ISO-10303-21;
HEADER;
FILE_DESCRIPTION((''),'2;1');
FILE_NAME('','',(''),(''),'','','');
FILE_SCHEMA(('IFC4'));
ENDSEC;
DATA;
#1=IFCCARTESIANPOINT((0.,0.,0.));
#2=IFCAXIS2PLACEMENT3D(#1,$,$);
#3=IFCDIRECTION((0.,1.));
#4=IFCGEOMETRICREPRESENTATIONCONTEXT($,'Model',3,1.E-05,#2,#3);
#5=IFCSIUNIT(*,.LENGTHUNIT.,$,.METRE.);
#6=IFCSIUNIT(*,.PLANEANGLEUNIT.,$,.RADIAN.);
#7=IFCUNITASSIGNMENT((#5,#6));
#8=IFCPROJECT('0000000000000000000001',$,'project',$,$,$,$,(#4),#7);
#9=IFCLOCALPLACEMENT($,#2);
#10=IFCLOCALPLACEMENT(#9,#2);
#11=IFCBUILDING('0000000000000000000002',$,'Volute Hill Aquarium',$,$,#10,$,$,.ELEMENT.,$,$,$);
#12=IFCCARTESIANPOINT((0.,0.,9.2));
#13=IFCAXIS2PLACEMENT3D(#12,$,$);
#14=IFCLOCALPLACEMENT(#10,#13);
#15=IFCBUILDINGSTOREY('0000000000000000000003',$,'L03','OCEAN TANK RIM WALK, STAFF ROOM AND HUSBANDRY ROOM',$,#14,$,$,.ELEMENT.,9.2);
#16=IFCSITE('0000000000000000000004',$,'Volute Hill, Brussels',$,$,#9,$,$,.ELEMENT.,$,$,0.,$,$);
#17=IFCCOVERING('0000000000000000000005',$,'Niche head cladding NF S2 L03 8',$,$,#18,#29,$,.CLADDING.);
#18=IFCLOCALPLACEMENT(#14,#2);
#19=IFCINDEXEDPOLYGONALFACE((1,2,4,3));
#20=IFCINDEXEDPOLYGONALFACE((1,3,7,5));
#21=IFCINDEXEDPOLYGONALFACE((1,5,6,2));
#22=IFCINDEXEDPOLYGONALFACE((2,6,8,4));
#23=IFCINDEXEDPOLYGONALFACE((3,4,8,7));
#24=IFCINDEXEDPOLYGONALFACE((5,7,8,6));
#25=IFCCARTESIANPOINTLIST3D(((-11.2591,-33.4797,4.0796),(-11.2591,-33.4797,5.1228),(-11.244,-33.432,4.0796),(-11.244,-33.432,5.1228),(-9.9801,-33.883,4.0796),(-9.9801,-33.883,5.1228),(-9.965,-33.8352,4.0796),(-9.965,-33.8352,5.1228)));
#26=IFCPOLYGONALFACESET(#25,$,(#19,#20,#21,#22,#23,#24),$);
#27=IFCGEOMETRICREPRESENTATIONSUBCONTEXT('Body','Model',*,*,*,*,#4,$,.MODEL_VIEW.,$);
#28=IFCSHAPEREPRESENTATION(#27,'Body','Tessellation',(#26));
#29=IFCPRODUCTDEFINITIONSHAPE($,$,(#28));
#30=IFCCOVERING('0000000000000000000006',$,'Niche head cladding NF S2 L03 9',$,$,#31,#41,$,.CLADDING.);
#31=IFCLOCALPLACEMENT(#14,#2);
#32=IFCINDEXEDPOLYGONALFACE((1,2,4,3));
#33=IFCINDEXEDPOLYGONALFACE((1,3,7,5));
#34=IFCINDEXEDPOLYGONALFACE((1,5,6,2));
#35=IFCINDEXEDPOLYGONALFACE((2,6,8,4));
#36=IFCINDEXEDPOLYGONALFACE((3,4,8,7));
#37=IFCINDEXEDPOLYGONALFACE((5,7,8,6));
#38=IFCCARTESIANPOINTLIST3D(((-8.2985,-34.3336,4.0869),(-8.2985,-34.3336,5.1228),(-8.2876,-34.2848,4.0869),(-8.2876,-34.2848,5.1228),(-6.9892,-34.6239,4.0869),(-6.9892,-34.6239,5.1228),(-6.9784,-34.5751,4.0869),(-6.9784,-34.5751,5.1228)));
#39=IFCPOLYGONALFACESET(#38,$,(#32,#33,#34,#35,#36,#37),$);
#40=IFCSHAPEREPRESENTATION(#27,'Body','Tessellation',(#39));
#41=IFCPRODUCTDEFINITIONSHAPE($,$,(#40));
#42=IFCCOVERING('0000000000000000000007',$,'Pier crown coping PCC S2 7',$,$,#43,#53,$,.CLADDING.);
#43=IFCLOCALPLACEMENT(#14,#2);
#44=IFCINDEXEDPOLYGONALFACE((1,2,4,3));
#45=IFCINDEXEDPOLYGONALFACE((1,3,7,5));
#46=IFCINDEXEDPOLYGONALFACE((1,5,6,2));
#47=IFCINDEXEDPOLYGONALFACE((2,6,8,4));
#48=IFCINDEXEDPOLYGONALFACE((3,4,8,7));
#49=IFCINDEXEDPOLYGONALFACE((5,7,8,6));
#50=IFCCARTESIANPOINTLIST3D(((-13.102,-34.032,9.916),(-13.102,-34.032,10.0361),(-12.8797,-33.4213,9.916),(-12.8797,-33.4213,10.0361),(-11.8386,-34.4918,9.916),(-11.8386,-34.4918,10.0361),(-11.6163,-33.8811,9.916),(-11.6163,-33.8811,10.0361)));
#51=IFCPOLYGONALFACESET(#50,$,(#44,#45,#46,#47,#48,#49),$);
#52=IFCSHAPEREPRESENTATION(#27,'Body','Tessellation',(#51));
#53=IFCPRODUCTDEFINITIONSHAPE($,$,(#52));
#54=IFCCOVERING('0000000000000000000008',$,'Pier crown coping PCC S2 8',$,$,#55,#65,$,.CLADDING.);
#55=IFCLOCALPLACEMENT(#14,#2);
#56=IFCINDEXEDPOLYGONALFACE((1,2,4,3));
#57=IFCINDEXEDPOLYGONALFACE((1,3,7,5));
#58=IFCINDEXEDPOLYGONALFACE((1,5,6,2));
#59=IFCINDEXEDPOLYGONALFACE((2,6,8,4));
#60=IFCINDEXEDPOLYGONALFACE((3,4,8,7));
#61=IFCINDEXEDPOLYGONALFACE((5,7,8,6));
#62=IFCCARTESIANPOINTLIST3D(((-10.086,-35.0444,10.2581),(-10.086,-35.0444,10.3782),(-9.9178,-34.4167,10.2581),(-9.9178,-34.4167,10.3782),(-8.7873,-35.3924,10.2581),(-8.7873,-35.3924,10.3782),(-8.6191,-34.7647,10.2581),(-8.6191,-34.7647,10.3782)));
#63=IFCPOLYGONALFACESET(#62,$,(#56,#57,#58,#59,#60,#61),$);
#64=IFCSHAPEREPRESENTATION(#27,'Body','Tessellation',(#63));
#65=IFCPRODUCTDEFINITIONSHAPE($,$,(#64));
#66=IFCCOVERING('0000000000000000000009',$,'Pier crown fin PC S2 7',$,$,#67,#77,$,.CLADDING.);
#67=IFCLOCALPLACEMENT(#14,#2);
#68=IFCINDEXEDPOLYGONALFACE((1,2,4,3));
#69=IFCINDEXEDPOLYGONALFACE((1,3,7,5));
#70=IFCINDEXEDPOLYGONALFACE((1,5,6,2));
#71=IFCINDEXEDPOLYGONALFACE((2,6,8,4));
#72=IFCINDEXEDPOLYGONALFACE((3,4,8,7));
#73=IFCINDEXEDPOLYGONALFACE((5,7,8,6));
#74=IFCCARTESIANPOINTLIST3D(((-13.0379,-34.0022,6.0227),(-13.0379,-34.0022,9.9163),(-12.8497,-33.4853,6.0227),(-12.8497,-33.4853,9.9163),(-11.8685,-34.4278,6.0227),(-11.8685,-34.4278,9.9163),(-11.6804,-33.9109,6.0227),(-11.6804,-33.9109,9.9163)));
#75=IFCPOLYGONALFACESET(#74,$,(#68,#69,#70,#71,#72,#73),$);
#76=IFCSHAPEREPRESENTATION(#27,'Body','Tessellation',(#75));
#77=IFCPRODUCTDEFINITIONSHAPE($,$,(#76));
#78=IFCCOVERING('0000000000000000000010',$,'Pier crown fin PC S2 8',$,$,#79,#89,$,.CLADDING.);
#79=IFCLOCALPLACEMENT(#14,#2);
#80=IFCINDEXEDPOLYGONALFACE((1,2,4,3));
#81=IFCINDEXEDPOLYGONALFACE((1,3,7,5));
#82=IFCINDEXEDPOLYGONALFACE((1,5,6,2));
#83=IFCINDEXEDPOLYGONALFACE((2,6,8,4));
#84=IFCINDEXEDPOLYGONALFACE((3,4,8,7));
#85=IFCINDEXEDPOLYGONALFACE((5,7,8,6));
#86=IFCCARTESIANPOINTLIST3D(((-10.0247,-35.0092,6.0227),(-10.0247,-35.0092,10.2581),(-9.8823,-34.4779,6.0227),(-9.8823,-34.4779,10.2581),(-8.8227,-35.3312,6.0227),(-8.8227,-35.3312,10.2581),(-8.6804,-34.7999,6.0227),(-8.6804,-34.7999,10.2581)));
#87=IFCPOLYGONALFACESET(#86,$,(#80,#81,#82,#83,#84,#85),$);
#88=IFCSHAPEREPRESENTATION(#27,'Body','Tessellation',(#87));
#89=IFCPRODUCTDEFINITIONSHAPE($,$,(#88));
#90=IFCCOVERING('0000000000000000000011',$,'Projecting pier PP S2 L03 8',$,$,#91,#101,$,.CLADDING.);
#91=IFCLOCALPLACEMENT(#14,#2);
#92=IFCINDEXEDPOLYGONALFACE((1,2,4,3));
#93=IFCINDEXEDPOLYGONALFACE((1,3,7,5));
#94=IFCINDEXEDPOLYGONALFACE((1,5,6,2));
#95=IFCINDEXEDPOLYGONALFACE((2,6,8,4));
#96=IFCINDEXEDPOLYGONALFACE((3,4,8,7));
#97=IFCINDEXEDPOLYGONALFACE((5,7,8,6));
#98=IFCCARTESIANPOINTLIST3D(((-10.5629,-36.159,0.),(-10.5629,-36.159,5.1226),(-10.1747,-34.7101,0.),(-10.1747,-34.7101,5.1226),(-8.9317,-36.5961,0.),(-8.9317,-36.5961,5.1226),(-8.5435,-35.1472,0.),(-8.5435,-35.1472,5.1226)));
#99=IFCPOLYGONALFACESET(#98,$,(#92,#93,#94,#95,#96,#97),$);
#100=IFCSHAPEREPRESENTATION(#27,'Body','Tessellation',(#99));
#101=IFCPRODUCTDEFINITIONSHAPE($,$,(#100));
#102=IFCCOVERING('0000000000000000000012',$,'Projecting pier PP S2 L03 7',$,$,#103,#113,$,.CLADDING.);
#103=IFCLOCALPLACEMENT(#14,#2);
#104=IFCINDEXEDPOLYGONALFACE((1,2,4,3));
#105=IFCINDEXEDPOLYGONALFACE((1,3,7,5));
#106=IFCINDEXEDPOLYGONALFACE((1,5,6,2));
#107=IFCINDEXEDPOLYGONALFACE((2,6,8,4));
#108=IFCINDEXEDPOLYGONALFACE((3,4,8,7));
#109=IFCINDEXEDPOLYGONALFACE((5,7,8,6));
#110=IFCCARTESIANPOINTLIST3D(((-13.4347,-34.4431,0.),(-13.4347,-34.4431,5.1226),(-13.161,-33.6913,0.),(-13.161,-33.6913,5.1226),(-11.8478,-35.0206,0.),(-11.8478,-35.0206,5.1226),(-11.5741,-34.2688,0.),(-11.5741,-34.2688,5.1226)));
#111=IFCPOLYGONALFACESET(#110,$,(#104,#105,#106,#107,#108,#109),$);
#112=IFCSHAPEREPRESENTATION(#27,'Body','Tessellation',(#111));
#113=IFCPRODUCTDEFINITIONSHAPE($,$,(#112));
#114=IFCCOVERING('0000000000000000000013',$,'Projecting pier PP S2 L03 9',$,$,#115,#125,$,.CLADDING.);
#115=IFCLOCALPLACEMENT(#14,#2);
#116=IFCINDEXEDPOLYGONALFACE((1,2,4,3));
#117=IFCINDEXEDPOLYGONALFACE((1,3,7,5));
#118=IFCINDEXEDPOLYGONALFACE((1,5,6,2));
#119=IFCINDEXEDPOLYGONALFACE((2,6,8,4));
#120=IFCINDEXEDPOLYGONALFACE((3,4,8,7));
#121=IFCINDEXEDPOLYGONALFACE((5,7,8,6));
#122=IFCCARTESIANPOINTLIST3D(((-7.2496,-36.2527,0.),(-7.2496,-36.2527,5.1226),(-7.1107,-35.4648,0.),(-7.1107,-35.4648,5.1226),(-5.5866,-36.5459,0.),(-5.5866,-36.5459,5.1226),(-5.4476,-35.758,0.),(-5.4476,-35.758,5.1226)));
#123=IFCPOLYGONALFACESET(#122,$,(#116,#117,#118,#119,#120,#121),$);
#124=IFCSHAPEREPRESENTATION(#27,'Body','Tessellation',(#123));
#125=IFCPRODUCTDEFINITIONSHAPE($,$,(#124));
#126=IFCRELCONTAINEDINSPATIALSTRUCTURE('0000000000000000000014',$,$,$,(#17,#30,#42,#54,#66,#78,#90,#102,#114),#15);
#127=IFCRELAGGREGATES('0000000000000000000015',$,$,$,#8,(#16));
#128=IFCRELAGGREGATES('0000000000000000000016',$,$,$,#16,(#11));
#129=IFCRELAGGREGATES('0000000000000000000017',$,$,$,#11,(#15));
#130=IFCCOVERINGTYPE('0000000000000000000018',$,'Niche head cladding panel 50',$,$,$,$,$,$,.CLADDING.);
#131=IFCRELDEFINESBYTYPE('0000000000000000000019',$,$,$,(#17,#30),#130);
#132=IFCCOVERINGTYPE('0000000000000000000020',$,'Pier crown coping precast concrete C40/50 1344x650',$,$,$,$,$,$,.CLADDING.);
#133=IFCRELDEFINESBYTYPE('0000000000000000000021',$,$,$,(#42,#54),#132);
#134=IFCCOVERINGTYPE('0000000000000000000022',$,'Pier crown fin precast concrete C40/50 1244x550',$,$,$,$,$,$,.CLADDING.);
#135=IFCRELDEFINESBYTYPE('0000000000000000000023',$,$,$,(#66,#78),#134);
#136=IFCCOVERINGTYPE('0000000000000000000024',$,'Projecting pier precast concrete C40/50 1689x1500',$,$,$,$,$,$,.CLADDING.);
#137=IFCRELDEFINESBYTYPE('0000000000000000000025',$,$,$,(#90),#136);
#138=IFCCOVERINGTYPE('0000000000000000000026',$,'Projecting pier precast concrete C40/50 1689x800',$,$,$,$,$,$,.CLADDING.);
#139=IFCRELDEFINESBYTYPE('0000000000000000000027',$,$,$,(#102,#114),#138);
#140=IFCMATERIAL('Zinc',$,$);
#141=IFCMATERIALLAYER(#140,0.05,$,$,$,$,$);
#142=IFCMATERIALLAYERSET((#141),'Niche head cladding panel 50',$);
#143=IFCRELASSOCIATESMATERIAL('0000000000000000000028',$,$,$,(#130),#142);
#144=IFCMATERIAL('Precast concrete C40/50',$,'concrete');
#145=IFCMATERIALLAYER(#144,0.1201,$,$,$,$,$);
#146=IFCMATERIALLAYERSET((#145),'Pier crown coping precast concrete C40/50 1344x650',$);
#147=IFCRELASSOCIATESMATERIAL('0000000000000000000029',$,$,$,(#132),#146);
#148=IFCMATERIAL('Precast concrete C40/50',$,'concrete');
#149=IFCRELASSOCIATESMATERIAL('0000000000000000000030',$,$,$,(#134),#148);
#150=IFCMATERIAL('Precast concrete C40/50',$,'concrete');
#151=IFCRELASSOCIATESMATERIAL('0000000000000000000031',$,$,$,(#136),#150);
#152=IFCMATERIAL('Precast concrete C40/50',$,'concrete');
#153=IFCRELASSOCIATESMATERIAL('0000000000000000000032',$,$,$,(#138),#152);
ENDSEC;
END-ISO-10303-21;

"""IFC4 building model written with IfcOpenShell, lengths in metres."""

from ifc_helpers import new_model, si_unit, direction, frame, origin, origin_2d, place, context, subcontext, project, spatial, rectangle, extrude, material, layer, layer_set, type_object, element, save


model = new_model("IFC4")

# Units and contexts
model_context = context("Model", 3, precision=1e-05, world=origin(), true_north=direction((0.0, 1.0)))
body_context = subcontext(model_context, "Body", "Model", "MODEL_VIEW")
ifc_project = project(units=[si_unit("LENGTHUNIT", "METRE"), si_unit("PLANEANGLEUNIT", "RADIAN")], contexts=[model_context])

# Site, building, storey
site_placement = place(None, origin())
site = spatial("IfcSite", under=ifc_project, at=site_placement, Name="Volute Hill, Brussels", CompositionType="ELEMENT", RefElevation=0.0)
building_placement = place(site_placement, origin())
building = spatial("IfcBuilding", under=site, at=building_placement, Name="Volute Hill Aquarium", CompositionType="ELEMENT")
storey_placement = place(building_placement, frame((0.0, 0.0, 9.2)))
storey = spatial("IfcBuildingStorey", under=building, at=storey_placement, Name="L03", Description="OCEAN TANK RIM WALK, STAFF ROOM AND HUSBANDRY ROOM", CompositionType="ELEMENT", Elevation=9.2)

# Coverings
ifc_material_1 = material(Name="Zinc")
ifc_layer_1 = layer(ifc_material_1, 0.05)
ifc_layer_set_1 = layer_set([ifc_layer_1], Name="Niche head cladding panel 50")
covering_type_1 = type_object("IfcCoveringType", Name="Niche head cladding panel 50", PredefinedType="CLADDING", material=ifc_layer_set_1)
covering_1_placement = place(storey_placement, frame((-10.6121, -33.6575, 4.0796), z_axis=(0.0, 0.0, 1.0), x_axis=(0.953719, -0.300699, 0.0)))
element("IfcCovering", 1, at=covering_1_placement, inside=storey, type_object=covering_type_1, Name="Niche head cladding NF S2 L03 8", PredefinedType="CLADDING", context=body_context, shape_type="SweptSolid", body=[
    extrude(rectangle(XDim=1.3411, YDim=0.05, at=origin_2d()), origin(), (0.0, 0.0, 1.0), 1.0432),
])
covering_2_placement = place(storey_placement, frame((-7.6384, -34.4543, 4.0869), z_axis=(0.0, 0.0, 1.0), x_axis=(0.976292, -0.216459, 0.0)))
element("IfcCovering", 2, at=covering_2_placement, inside=storey, type_object=covering_type_1, Name="Niche head cladding NF S2 L03 9", PredefinedType="CLADDING", context=body_context, shape_type="SweptSolid", body=[
    extrude(rectangle(XDim=1.3411, YDim=0.05, at=origin_2d()), origin(), (0.0, 0.0, 1.0), 1.0359),
])
ifc_material_2 = material(Name="Precast concrete C40/50", Category="concrete")
ifc_layer_2 = layer(ifc_material_2, 0.1201)
ifc_layer_set_2 = layer_set([ifc_layer_2], Name="Pier crown coping precast concrete C40/50 1344x650")
covering_type_2 = type_object("IfcCoveringType", Name="Pier crown coping precast concrete C40/50 1344x650", PredefinedType="CLADDING", material=ifc_layer_set_2)
for number, where, z_axis, x_axis, name in (
    (3, (-12.3591, -33.9565, 9.916), (0.0, 0.0, 1.0), (0.939693, -0.34202, 0.0), "Pier crown coping PCC S2 7"),
    (4, (-9.3525, -34.9045, 10.2581), (0.0, 0.0, 1.0), (0.965926, -0.258819, 0.0), "Pier crown coping PCC S2 8"),
):
    element("IfcCovering", number, at=place(storey_placement, frame(where, z_axis=z_axis, x_axis=x_axis)), inside=storey, type_object=covering_type_2, Name=name, PredefinedType="CLADDING", context=body_context, shape_type="SweptSolid", body=[
        extrude(rectangle(XDim=1.3445, YDim=0.6499, at=origin_2d()), origin(), (0.0, 0.0, 1.0), 0.1201),
    ])
ifc_material_3 = material(Name="Precast concrete C40/50", Category="concrete")
covering_type_3 = type_object("IfcCoveringType", Name="Pier crown fin precast concrete C40/50 1244x550", PredefinedType="CLADDING", material=ifc_material_3)
covering_3_placement = place(storey_placement, frame((-12.3591, -33.9565, 6.0227), z_axis=(0.0, 0.0, 1.0), x_axis=(0.939693, -0.34202, 0.0)))
element("IfcCovering", 5, at=covering_3_placement, inside=storey, type_object=covering_type_3, Name="Pier crown fin PC S2 7", PredefinedType="CLADDING", context=body_context, shape_type="SweptSolid", body=[
    extrude(rectangle(XDim=1.2444, YDim=0.55, at=origin_2d()), origin(), (0.0, 0.0, 1.0), 3.8936),
])
covering_4_placement = place(storey_placement, frame((-9.3525, -34.9045, 6.0227), z_axis=(0.0, 0.0, 1.0), x_axis=(0.965926, -0.258819, 0.0)))
element("IfcCovering", 6, at=covering_4_placement, inside=storey, type_object=covering_type_3, Name="Pier crown fin PC S2 8", PredefinedType="CLADDING", context=body_context, shape_type="SweptSolid", body=[
    extrude(rectangle(XDim=1.2444, YDim=0.55, at=origin_2d()), origin(), (0.0, 0.0, 1.0), 4.2354),
])
ifc_material_4 = material(Name="Precast concrete C40/50", Category="concrete")
covering_type_4 = type_object("IfcCoveringType", Name="Projecting pier precast concrete C40/50 1689x1500", PredefinedType="CLADDING", material=ifc_material_4)
covering_5_placement = place(storey_placement, frame((-9.5532, -35.6531, 0.0), z_axis=(0.0, 0.0, 1.0), x_axis=(0.965926, -0.258819, 0.0)))
element("IfcCovering", 7, at=covering_5_placement, inside=storey, type_object=covering_type_4, Name="Projecting pier PP S2 L03 8", PredefinedType="CLADDING", context=body_context, shape_type="SweptSolid", body=[
    extrude(rectangle(XDim=1.6887, YDim=1.5, at=origin_2d()), origin(), (0.0, 0.0, 1.0), 5.1226),
])
ifc_material_5 = material(Name="Precast concrete C40/50", Category="concrete")
covering_type_5 = type_object("IfcCoveringType", Name="Projecting pier precast concrete C40/50 1689x800", PredefinedType="CLADDING", material=ifc_material_5)
for number, where, z_axis, x_axis, name in (
    (8, (-12.5044, -34.356, 0.0), (0.0, 0.0, 1.0), (0.939693, -0.34202, 0.0), "Projecting pier PP S2 L03 7"),
    (9, (-6.3486, -36.0054, 0.0), (0.0, 0.0, 1.0), (0.984808, -0.173648, 0.0), "Projecting pier PP S2 L03 9"),
):
    element("IfcCovering", number, at=place(storey_placement, frame(where, z_axis=z_axis, x_axis=x_axis)), inside=storey, type_object=covering_type_5, Name=name, PredefinedType="CLADDING", context=body_context, shape_type="SweptSolid", body=[
        extrude(rectangle(XDim=1.6887, YDim=0.8, at=origin_2d()), origin(), (0.0, 0.0, 1.0), 5.1226),
    ])

save(model, "model.ifc")
